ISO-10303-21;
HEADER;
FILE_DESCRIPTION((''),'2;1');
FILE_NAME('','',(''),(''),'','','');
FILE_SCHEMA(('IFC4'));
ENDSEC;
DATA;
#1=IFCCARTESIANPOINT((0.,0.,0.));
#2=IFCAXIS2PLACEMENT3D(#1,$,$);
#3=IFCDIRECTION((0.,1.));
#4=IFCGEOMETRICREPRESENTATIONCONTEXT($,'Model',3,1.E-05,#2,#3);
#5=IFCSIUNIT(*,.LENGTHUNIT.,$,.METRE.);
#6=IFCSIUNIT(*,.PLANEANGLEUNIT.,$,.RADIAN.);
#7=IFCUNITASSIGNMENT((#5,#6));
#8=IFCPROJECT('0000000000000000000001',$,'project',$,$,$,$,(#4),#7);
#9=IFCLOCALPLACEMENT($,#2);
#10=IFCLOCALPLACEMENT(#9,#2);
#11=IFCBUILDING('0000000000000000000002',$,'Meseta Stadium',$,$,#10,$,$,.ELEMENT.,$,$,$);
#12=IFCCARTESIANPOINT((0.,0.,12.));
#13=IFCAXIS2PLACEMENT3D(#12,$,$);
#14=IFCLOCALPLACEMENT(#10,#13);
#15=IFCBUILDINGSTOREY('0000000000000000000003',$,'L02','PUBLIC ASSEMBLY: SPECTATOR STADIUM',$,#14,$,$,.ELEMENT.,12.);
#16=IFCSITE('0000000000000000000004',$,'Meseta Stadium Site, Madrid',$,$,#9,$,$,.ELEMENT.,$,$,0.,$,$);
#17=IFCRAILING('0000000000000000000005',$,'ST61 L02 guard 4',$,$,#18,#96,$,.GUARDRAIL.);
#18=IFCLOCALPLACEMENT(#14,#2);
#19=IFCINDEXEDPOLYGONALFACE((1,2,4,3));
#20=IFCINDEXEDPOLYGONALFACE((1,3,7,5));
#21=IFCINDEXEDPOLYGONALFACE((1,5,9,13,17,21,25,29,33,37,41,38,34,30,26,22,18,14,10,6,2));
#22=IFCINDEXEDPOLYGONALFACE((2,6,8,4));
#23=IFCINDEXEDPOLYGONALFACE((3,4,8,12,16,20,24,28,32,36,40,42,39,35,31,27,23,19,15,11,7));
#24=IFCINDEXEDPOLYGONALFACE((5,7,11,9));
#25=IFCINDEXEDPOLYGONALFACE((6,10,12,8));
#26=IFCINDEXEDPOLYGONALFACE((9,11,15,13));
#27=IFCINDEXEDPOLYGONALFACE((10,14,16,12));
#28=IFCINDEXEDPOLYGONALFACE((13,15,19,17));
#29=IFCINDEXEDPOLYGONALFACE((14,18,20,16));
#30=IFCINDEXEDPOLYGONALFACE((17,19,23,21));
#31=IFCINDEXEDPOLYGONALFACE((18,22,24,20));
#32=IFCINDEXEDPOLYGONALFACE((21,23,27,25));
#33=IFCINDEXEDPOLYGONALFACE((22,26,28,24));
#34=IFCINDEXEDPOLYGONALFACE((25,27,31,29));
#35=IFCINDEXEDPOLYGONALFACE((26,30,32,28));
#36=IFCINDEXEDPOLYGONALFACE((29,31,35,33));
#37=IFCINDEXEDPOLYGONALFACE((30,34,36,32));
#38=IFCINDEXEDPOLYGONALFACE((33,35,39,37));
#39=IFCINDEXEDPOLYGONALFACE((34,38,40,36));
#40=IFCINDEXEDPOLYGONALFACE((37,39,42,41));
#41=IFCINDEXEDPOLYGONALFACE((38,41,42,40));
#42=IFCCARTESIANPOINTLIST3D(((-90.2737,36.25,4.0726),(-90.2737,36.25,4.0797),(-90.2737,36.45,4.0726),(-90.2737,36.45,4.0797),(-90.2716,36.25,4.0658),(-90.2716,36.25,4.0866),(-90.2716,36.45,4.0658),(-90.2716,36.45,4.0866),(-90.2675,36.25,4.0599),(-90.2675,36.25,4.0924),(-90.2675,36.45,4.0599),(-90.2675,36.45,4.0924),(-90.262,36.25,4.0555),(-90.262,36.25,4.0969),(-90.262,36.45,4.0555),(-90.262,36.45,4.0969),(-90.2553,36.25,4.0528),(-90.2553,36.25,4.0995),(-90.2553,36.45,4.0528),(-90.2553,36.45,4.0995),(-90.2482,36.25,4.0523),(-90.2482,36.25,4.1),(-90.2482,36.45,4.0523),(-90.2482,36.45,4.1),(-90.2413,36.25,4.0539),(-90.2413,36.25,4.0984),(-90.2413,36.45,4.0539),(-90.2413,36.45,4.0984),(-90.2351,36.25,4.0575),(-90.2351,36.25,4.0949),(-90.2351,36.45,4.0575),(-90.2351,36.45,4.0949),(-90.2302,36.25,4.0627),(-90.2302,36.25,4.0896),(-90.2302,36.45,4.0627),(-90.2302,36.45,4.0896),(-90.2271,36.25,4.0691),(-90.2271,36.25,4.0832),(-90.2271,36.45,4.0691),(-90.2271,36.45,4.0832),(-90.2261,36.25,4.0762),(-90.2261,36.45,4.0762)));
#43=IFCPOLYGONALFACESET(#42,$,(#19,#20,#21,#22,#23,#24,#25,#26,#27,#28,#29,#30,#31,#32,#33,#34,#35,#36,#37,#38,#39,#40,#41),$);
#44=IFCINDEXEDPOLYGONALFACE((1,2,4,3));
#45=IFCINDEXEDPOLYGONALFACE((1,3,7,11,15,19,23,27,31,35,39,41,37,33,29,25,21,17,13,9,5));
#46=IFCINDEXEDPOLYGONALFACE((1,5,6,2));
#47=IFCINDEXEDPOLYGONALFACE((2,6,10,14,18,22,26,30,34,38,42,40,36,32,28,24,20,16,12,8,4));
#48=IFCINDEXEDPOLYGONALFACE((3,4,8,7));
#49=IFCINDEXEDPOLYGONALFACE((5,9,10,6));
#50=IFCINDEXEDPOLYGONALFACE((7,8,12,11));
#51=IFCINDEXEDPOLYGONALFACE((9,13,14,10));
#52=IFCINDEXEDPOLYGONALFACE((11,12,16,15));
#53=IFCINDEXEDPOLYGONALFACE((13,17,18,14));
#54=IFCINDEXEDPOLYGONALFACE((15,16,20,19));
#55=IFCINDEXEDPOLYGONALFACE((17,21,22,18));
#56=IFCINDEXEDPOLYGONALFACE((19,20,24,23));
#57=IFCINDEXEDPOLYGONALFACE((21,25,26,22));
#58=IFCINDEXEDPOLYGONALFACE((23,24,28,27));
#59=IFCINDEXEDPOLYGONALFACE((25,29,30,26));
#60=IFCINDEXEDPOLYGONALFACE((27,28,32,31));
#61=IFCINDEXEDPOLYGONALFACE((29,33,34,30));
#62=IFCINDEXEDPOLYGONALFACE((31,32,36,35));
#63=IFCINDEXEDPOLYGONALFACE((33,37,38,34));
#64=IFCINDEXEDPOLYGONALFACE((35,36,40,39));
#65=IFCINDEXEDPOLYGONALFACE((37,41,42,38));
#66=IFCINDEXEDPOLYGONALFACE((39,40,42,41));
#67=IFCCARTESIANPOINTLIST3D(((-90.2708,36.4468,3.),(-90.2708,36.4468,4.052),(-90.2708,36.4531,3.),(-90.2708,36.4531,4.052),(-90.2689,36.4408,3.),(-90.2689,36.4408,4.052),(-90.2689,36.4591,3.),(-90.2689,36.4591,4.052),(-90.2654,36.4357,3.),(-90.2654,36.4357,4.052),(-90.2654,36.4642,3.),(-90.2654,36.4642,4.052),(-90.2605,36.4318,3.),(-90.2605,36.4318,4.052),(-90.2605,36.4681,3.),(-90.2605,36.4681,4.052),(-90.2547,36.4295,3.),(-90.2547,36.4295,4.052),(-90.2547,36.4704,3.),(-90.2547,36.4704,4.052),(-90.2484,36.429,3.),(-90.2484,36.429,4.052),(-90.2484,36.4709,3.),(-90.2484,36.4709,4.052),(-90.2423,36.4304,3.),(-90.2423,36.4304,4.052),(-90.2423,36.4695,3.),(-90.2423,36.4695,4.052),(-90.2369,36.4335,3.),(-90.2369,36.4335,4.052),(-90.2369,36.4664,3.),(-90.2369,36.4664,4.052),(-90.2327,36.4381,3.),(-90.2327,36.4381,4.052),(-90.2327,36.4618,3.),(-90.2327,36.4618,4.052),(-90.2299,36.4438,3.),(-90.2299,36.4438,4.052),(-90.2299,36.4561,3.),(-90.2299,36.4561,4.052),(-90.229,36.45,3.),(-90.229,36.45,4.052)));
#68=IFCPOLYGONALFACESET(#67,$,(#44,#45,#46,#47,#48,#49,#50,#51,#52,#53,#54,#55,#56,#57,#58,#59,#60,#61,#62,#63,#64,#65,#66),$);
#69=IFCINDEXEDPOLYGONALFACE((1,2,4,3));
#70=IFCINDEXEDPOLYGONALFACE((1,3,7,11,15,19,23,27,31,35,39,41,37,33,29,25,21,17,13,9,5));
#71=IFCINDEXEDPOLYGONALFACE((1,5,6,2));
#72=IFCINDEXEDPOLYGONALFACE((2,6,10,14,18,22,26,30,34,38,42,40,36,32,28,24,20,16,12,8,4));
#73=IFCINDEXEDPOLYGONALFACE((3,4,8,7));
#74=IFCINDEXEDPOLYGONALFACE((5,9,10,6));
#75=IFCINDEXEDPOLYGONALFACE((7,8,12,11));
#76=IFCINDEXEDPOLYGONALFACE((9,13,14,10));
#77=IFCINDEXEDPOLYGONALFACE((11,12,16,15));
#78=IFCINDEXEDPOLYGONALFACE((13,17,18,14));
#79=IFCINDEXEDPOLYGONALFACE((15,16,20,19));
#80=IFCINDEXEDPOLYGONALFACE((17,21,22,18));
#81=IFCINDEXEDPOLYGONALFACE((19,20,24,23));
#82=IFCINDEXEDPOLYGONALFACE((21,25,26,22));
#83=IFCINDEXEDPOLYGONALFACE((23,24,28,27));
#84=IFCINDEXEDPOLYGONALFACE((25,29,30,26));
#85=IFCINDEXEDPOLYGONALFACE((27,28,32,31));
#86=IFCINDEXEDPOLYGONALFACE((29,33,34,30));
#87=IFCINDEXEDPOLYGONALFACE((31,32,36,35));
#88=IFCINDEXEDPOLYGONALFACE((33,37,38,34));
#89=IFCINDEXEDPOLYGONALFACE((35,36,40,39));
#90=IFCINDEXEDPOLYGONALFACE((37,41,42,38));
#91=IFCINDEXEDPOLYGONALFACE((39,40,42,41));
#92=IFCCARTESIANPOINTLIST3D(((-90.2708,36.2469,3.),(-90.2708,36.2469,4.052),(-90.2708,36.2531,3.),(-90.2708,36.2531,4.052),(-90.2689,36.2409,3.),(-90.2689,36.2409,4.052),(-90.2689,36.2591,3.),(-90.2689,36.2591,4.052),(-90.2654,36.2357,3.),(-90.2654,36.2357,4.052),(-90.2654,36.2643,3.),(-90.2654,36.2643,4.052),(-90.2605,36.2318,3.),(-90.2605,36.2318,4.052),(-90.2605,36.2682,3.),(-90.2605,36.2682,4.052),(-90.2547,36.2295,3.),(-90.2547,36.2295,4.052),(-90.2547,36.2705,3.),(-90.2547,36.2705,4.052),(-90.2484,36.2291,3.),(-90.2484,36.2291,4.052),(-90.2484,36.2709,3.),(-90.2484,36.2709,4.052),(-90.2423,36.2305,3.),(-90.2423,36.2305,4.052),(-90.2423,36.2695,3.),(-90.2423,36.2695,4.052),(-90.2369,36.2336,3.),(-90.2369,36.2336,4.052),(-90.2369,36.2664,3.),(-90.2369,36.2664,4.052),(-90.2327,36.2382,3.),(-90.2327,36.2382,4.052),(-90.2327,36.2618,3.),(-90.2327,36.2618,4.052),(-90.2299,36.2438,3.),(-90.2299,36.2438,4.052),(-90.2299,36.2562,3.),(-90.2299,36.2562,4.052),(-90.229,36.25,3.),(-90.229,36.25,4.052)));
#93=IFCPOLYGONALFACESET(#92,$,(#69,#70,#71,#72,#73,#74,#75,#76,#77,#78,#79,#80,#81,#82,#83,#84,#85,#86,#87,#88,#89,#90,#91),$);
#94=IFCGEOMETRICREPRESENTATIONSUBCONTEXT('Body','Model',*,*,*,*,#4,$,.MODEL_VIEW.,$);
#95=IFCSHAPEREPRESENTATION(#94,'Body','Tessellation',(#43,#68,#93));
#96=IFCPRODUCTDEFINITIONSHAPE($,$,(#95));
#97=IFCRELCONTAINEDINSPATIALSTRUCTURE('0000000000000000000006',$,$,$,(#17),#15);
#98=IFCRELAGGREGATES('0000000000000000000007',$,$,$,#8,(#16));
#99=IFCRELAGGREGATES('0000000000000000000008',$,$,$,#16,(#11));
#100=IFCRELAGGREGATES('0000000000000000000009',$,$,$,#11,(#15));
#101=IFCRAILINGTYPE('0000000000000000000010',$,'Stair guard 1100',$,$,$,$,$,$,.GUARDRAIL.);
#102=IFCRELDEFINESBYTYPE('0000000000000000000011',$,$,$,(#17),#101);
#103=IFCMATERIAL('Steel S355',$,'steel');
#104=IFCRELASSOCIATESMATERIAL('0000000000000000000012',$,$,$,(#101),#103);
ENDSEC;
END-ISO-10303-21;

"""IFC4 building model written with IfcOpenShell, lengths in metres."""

from ifc_helpers import new_model, si_unit, direction, frame, origin, origin_2d, place, context, subcontext, project, spatial, circle, extrude, material, type_object, element, save


model = new_model("IFC4")

# Units and contexts
model_context = context("Model", 3, precision=1e-05, world=origin(), true_north=direction((0.0, 1.0)))
body_context = subcontext(model_context, "Body", "Model", "MODEL_VIEW")
ifc_project = project(units=[si_unit("LENGTHUNIT", "METRE"), si_unit("PLANEANGLEUNIT", "RADIAN")], contexts=[model_context])

# Site, building, storey
site_placement = place(None, origin())
site = spatial("IfcSite", under=ifc_project, at=site_placement, Name="Meseta Stadium Site, Madrid", CompositionType="ELEMENT", RefElevation=0.0)
building_placement = place(site_placement, origin())
building = spatial("IfcBuilding", under=site, at=building_placement, Name="Meseta Stadium", CompositionType="ELEMENT")
storey_placement = place(building_placement, frame((0.0, 0.0, 12.0)))
storey = spatial("IfcBuildingStorey", under=building, at=storey_placement, Name="L02", Description="PUBLIC ASSEMBLY: SPECTATOR STADIUM", CompositionType="ELEMENT", Elevation=12.0)

# Railing
ifc_material_1 = material(Name="Steel S355", Category="steel")
railing_type_1 = type_object("IfcRailingType", Name="Stair guard 1100", PredefinedType="GUARDRAIL", material=ifc_material_1)
railing_1_placement = place(storey_placement, frame((-90.25, 36.45, 3.0)))
element("IfcRailing", 1, at=railing_1_placement, inside=storey, type_object=railing_type_1, Name="ST61 L02 guard 4", PredefinedType="GUARDRAIL", context=body_context, shape_type="SweptSolid", body=[
    extrude(circle(Radius=0.0239, at=origin_2d()), frame((0.0, 0.0, 1.0762), z_axis=(0.0, -1.0, 0.0), x_axis=(1.0, 0.0, 0.0)), (0.0, 0.0, 1.0), 0.2),
    extrude(circle(Radius=0.021, at=origin_2d()), origin(), (0.0, 0.0, 1.0), 1.052),
    extrude(circle(Radius=0.021, at=origin_2d()), frame((0.0, -0.2, 0.0)), (0.0, 0.0, 1.0), 1.052),
])

save(model, "model.ifc")
